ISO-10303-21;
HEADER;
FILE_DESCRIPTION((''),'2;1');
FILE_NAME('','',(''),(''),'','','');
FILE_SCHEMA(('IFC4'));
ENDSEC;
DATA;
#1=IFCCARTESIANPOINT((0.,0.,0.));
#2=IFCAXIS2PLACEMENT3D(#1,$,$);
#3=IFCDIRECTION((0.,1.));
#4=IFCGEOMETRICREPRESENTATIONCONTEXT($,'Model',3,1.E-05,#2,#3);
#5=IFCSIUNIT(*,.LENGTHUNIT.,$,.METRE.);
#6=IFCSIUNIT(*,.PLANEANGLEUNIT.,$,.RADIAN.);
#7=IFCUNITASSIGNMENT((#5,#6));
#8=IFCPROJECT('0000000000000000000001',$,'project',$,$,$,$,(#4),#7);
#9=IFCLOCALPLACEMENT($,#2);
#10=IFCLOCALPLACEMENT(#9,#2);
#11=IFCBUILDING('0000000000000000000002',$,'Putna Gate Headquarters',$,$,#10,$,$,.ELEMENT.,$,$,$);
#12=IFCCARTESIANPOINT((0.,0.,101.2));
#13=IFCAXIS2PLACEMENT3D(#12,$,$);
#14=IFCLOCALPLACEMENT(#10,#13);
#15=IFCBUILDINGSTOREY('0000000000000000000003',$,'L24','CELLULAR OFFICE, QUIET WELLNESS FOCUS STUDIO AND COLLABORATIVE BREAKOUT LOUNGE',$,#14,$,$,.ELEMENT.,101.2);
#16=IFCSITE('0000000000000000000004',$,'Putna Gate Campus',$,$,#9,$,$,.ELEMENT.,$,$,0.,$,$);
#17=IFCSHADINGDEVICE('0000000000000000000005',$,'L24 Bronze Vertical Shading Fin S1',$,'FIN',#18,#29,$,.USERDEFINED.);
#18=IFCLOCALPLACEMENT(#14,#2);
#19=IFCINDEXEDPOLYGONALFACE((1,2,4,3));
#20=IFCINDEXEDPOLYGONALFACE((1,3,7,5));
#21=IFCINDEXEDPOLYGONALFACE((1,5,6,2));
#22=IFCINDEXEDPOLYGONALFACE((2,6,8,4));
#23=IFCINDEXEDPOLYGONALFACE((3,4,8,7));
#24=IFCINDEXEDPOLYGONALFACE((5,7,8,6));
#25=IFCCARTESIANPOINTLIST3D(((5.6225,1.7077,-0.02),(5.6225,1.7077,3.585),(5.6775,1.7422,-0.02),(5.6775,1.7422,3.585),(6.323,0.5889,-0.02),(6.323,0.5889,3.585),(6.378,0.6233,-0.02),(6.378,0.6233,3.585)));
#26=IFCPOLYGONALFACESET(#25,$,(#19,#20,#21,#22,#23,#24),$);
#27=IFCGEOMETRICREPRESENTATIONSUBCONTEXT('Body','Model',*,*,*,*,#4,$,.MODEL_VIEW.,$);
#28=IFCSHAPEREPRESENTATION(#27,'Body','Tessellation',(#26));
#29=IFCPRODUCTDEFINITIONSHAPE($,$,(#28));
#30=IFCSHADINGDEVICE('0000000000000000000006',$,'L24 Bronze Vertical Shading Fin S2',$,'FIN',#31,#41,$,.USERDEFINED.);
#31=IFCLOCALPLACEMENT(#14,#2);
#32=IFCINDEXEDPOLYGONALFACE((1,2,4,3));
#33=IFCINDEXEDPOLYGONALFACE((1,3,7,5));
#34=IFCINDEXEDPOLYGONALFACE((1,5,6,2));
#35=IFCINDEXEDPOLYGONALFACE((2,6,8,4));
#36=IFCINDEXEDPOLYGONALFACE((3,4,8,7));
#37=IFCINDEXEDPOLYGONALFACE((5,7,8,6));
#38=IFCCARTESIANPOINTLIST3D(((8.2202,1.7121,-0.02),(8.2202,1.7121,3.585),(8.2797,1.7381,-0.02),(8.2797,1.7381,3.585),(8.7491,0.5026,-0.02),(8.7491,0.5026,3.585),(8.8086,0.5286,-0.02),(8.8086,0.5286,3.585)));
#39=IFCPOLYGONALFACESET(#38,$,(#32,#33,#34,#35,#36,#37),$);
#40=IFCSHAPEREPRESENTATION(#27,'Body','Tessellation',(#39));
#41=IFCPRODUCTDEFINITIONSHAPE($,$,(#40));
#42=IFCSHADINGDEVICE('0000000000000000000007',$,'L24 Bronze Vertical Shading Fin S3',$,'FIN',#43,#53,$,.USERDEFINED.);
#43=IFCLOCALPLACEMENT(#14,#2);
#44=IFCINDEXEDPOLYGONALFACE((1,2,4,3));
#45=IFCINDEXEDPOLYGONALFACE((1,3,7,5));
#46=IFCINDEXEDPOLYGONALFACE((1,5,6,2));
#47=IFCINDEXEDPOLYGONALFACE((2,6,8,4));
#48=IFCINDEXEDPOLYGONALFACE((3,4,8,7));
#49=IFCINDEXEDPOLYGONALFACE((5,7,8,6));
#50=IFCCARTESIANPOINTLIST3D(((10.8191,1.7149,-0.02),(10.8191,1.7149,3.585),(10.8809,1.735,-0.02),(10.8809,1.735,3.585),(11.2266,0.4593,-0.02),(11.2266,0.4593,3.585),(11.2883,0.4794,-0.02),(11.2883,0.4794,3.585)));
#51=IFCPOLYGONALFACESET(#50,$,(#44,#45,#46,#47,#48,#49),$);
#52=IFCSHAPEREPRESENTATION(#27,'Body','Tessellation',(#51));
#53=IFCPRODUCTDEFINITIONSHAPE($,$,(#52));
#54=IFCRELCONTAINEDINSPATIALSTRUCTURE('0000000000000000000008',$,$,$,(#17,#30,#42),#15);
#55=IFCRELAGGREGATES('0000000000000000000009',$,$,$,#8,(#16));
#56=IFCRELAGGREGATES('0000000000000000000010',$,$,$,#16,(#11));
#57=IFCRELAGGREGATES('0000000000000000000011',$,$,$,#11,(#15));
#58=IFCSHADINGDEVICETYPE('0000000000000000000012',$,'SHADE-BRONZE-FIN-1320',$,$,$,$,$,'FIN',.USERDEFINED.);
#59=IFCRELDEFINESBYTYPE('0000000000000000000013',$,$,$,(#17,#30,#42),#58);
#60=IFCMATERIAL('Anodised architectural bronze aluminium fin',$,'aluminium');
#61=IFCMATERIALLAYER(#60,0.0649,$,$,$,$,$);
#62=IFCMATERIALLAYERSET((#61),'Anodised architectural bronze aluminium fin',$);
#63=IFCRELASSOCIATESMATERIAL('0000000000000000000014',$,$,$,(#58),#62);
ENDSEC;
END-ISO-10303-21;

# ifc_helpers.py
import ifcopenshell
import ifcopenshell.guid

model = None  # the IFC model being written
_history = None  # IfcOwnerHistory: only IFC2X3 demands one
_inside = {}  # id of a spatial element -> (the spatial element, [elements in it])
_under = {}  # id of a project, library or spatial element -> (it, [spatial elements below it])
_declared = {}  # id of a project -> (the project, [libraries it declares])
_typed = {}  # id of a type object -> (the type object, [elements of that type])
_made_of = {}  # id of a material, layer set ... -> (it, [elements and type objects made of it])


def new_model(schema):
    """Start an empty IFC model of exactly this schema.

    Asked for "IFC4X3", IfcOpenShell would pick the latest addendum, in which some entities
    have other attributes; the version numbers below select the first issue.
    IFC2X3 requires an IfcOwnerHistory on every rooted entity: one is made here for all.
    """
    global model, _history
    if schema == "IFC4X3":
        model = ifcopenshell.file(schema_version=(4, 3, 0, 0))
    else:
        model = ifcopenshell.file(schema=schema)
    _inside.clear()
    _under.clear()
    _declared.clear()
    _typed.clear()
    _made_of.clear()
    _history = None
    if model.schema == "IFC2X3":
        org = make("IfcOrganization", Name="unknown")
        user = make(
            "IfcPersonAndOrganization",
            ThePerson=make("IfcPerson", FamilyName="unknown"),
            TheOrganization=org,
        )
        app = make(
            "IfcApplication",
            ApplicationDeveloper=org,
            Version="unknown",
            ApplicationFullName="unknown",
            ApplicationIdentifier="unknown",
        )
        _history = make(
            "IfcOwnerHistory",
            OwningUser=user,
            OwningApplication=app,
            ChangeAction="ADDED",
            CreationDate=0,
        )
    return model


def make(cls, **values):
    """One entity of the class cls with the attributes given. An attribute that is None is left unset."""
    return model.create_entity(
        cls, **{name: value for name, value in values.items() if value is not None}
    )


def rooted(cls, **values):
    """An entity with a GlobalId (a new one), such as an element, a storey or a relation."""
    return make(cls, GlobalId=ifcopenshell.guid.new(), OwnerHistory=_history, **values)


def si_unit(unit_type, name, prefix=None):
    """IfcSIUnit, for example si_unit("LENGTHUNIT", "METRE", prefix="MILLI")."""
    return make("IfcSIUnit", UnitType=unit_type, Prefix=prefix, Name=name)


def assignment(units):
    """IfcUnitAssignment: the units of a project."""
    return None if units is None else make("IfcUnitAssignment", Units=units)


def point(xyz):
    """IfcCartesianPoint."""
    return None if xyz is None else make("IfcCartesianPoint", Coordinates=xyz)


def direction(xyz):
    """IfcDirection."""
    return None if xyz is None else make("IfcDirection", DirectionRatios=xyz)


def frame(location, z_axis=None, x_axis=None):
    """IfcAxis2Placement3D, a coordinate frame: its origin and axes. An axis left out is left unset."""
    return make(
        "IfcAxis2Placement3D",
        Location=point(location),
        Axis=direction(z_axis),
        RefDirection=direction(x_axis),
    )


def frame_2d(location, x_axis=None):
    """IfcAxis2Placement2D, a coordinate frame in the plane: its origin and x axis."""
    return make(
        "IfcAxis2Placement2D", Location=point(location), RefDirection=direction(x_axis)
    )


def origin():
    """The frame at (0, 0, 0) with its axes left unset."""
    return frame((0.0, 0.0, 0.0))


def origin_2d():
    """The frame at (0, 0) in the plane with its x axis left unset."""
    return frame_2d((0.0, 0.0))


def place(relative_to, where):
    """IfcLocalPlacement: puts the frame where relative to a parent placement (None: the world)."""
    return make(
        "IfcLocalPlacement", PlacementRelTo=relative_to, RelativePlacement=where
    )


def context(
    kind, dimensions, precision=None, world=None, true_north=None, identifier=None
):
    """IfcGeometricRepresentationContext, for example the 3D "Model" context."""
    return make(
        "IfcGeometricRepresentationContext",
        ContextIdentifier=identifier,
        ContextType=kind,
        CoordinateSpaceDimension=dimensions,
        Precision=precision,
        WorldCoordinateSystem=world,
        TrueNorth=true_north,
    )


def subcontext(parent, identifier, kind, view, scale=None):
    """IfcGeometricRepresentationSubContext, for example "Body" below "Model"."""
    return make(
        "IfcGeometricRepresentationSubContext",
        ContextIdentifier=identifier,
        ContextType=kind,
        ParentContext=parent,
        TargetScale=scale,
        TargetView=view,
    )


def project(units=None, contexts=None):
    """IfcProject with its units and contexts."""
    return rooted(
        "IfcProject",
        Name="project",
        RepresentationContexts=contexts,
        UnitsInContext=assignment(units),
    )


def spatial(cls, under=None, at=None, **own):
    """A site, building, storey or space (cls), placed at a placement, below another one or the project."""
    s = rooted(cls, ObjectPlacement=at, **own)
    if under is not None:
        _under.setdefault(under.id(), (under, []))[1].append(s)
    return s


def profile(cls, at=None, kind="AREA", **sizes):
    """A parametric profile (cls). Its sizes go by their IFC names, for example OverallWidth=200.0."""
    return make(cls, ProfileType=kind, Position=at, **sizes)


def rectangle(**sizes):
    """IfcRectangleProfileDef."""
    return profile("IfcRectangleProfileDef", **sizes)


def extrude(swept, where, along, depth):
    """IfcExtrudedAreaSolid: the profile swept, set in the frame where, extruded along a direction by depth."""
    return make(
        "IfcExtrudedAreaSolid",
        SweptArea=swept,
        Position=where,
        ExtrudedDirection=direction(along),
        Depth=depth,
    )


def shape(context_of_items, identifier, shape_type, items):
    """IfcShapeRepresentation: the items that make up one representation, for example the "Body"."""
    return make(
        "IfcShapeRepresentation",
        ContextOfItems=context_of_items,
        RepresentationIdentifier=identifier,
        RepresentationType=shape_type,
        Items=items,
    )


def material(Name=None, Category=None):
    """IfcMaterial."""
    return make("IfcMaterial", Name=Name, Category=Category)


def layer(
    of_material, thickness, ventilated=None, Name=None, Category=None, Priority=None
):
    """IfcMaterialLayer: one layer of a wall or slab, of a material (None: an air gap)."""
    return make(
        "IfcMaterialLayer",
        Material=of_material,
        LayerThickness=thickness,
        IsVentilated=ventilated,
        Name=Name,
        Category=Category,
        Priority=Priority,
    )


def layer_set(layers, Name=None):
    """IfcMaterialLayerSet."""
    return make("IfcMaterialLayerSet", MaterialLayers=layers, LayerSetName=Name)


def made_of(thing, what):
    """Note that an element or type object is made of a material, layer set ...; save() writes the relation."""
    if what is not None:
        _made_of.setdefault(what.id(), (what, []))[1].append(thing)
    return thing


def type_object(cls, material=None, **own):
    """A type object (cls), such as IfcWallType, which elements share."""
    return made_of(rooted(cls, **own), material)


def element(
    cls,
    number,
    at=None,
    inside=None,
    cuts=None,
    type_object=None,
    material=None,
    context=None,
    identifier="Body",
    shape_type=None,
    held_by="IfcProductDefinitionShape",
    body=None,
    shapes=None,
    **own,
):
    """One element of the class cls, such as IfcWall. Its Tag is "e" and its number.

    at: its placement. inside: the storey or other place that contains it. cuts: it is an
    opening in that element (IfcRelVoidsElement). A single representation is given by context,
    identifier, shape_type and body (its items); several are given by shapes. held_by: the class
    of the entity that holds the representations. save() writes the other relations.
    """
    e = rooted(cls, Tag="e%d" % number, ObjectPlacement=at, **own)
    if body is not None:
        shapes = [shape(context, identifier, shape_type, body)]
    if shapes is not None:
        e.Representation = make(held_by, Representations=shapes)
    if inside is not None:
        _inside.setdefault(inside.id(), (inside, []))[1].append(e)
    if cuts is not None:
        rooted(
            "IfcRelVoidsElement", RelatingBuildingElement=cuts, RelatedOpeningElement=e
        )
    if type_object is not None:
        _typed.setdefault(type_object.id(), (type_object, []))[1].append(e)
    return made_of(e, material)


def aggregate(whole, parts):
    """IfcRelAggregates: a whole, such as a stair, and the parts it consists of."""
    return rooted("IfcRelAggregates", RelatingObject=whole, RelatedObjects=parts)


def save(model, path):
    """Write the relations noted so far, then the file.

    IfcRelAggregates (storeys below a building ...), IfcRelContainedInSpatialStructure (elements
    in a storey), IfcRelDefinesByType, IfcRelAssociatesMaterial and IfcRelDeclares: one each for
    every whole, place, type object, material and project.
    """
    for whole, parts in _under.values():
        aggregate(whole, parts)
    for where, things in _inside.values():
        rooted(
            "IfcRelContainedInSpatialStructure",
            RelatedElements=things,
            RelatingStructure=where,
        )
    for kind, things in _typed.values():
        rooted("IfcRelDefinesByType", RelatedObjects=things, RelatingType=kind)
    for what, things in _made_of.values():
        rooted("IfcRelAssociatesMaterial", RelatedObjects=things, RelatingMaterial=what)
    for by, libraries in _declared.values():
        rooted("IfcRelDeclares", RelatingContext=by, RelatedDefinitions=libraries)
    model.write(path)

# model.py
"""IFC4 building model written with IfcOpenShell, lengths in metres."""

from ifc_helpers import new_model, si_unit, direction, frame, origin, origin_2d, place, context, subcontext, project, spatial, rectangle, extrude, material, layer, layer_set, type_object, element, save


model = new_model("IFC4")

# Units and contexts
model_context = context("Model", 3, precision=1e-05, world=origin(), true_north=direction((0.0, 1.0)))
body_context = subcontext(model_context, "Body", "Model", "MODEL_VIEW")
ifc_project = project(units=[si_unit("LENGTHUNIT", "METRE"), si_unit("PLANEANGLEUNIT", "RADIAN")], contexts=[model_context])

# Site, building, storey
site_placement = place(None, origin())
site = spatial("IfcSite", under=ifc_project, at=site_placement, Name="Putna Gate Campus", CompositionType="ELEMENT", RefElevation=0.0)
building_placement = place(site_placement, origin())
building = spatial("IfcBuilding", under=site, at=building_placement, Name="Putna Gate Headquarters", CompositionType="ELEMENT")
storey_placement = place(building_placement, frame((0.0, 0.0, 101.2)))
storey = spatial("IfcBuildingStorey", under=building, at=storey_placement, Name="L24", Description="CELLULAR OFFICE, QUIET WELLNESS FOCUS STUDIO AND COLLABORATIVE BREAKOUT LOUNGE", CompositionType="ELEMENT", Elevation=101.2)

# Shading devices
ifc_material_1 = material(Name="Anodised architectural bronze aluminium fin", Category="aluminium")
ifc_layer_1 = layer(ifc_material_1, 0.0649)
ifc_layer_set_1 = layer_set([ifc_layer_1], Name="Anodised architectural bronze aluminium fin")
shading_device_type = type_object("IfcShadingDeviceType", Name="SHADE-BRONZE-FIN-1320", ElementType="FIN", PredefinedType="USERDEFINED", material=ifc_layer_set_1)
for number, where, z_axis, x_axis, name in (
    (1, (6.0002, 1.1655, -0.02), (0.0, 0.0, 1.0), (0.530659, -0.847585, 0.0), "L24 Bronze Vertical Shading Fin S1"),
    (2, (8.5144, 1.1204, -0.02), (0.0, 0.0, 1.0), (0.400669, -0.916223, 0.0), "L24 Bronze Vertical Shading Fin S2"),
    (3, (11.0537, 1.0972, -0.02), (0.0, 0.0, 1.0), (0.308685, -0.951164, 0.0), "L24 Bronze Vertical Shading Fin S3"),
):
    element("IfcShadingDevice", number, at=place(storey_placement, frame(where, z_axis=z_axis, x_axis=x_axis)), inside=storey, type_object=shading_device_type, Name=name, ObjectType="FIN", PredefinedType="USERDEFINED", context=body_context, shape_type="SweptSolid", body=[
        extrude(rectangle(XDim=1.3201, YDim=0.0649, at=origin_2d()), origin(), (0.0, 0.0, 1.0), 3.605),
    ])

save(model, "model.ifc")
